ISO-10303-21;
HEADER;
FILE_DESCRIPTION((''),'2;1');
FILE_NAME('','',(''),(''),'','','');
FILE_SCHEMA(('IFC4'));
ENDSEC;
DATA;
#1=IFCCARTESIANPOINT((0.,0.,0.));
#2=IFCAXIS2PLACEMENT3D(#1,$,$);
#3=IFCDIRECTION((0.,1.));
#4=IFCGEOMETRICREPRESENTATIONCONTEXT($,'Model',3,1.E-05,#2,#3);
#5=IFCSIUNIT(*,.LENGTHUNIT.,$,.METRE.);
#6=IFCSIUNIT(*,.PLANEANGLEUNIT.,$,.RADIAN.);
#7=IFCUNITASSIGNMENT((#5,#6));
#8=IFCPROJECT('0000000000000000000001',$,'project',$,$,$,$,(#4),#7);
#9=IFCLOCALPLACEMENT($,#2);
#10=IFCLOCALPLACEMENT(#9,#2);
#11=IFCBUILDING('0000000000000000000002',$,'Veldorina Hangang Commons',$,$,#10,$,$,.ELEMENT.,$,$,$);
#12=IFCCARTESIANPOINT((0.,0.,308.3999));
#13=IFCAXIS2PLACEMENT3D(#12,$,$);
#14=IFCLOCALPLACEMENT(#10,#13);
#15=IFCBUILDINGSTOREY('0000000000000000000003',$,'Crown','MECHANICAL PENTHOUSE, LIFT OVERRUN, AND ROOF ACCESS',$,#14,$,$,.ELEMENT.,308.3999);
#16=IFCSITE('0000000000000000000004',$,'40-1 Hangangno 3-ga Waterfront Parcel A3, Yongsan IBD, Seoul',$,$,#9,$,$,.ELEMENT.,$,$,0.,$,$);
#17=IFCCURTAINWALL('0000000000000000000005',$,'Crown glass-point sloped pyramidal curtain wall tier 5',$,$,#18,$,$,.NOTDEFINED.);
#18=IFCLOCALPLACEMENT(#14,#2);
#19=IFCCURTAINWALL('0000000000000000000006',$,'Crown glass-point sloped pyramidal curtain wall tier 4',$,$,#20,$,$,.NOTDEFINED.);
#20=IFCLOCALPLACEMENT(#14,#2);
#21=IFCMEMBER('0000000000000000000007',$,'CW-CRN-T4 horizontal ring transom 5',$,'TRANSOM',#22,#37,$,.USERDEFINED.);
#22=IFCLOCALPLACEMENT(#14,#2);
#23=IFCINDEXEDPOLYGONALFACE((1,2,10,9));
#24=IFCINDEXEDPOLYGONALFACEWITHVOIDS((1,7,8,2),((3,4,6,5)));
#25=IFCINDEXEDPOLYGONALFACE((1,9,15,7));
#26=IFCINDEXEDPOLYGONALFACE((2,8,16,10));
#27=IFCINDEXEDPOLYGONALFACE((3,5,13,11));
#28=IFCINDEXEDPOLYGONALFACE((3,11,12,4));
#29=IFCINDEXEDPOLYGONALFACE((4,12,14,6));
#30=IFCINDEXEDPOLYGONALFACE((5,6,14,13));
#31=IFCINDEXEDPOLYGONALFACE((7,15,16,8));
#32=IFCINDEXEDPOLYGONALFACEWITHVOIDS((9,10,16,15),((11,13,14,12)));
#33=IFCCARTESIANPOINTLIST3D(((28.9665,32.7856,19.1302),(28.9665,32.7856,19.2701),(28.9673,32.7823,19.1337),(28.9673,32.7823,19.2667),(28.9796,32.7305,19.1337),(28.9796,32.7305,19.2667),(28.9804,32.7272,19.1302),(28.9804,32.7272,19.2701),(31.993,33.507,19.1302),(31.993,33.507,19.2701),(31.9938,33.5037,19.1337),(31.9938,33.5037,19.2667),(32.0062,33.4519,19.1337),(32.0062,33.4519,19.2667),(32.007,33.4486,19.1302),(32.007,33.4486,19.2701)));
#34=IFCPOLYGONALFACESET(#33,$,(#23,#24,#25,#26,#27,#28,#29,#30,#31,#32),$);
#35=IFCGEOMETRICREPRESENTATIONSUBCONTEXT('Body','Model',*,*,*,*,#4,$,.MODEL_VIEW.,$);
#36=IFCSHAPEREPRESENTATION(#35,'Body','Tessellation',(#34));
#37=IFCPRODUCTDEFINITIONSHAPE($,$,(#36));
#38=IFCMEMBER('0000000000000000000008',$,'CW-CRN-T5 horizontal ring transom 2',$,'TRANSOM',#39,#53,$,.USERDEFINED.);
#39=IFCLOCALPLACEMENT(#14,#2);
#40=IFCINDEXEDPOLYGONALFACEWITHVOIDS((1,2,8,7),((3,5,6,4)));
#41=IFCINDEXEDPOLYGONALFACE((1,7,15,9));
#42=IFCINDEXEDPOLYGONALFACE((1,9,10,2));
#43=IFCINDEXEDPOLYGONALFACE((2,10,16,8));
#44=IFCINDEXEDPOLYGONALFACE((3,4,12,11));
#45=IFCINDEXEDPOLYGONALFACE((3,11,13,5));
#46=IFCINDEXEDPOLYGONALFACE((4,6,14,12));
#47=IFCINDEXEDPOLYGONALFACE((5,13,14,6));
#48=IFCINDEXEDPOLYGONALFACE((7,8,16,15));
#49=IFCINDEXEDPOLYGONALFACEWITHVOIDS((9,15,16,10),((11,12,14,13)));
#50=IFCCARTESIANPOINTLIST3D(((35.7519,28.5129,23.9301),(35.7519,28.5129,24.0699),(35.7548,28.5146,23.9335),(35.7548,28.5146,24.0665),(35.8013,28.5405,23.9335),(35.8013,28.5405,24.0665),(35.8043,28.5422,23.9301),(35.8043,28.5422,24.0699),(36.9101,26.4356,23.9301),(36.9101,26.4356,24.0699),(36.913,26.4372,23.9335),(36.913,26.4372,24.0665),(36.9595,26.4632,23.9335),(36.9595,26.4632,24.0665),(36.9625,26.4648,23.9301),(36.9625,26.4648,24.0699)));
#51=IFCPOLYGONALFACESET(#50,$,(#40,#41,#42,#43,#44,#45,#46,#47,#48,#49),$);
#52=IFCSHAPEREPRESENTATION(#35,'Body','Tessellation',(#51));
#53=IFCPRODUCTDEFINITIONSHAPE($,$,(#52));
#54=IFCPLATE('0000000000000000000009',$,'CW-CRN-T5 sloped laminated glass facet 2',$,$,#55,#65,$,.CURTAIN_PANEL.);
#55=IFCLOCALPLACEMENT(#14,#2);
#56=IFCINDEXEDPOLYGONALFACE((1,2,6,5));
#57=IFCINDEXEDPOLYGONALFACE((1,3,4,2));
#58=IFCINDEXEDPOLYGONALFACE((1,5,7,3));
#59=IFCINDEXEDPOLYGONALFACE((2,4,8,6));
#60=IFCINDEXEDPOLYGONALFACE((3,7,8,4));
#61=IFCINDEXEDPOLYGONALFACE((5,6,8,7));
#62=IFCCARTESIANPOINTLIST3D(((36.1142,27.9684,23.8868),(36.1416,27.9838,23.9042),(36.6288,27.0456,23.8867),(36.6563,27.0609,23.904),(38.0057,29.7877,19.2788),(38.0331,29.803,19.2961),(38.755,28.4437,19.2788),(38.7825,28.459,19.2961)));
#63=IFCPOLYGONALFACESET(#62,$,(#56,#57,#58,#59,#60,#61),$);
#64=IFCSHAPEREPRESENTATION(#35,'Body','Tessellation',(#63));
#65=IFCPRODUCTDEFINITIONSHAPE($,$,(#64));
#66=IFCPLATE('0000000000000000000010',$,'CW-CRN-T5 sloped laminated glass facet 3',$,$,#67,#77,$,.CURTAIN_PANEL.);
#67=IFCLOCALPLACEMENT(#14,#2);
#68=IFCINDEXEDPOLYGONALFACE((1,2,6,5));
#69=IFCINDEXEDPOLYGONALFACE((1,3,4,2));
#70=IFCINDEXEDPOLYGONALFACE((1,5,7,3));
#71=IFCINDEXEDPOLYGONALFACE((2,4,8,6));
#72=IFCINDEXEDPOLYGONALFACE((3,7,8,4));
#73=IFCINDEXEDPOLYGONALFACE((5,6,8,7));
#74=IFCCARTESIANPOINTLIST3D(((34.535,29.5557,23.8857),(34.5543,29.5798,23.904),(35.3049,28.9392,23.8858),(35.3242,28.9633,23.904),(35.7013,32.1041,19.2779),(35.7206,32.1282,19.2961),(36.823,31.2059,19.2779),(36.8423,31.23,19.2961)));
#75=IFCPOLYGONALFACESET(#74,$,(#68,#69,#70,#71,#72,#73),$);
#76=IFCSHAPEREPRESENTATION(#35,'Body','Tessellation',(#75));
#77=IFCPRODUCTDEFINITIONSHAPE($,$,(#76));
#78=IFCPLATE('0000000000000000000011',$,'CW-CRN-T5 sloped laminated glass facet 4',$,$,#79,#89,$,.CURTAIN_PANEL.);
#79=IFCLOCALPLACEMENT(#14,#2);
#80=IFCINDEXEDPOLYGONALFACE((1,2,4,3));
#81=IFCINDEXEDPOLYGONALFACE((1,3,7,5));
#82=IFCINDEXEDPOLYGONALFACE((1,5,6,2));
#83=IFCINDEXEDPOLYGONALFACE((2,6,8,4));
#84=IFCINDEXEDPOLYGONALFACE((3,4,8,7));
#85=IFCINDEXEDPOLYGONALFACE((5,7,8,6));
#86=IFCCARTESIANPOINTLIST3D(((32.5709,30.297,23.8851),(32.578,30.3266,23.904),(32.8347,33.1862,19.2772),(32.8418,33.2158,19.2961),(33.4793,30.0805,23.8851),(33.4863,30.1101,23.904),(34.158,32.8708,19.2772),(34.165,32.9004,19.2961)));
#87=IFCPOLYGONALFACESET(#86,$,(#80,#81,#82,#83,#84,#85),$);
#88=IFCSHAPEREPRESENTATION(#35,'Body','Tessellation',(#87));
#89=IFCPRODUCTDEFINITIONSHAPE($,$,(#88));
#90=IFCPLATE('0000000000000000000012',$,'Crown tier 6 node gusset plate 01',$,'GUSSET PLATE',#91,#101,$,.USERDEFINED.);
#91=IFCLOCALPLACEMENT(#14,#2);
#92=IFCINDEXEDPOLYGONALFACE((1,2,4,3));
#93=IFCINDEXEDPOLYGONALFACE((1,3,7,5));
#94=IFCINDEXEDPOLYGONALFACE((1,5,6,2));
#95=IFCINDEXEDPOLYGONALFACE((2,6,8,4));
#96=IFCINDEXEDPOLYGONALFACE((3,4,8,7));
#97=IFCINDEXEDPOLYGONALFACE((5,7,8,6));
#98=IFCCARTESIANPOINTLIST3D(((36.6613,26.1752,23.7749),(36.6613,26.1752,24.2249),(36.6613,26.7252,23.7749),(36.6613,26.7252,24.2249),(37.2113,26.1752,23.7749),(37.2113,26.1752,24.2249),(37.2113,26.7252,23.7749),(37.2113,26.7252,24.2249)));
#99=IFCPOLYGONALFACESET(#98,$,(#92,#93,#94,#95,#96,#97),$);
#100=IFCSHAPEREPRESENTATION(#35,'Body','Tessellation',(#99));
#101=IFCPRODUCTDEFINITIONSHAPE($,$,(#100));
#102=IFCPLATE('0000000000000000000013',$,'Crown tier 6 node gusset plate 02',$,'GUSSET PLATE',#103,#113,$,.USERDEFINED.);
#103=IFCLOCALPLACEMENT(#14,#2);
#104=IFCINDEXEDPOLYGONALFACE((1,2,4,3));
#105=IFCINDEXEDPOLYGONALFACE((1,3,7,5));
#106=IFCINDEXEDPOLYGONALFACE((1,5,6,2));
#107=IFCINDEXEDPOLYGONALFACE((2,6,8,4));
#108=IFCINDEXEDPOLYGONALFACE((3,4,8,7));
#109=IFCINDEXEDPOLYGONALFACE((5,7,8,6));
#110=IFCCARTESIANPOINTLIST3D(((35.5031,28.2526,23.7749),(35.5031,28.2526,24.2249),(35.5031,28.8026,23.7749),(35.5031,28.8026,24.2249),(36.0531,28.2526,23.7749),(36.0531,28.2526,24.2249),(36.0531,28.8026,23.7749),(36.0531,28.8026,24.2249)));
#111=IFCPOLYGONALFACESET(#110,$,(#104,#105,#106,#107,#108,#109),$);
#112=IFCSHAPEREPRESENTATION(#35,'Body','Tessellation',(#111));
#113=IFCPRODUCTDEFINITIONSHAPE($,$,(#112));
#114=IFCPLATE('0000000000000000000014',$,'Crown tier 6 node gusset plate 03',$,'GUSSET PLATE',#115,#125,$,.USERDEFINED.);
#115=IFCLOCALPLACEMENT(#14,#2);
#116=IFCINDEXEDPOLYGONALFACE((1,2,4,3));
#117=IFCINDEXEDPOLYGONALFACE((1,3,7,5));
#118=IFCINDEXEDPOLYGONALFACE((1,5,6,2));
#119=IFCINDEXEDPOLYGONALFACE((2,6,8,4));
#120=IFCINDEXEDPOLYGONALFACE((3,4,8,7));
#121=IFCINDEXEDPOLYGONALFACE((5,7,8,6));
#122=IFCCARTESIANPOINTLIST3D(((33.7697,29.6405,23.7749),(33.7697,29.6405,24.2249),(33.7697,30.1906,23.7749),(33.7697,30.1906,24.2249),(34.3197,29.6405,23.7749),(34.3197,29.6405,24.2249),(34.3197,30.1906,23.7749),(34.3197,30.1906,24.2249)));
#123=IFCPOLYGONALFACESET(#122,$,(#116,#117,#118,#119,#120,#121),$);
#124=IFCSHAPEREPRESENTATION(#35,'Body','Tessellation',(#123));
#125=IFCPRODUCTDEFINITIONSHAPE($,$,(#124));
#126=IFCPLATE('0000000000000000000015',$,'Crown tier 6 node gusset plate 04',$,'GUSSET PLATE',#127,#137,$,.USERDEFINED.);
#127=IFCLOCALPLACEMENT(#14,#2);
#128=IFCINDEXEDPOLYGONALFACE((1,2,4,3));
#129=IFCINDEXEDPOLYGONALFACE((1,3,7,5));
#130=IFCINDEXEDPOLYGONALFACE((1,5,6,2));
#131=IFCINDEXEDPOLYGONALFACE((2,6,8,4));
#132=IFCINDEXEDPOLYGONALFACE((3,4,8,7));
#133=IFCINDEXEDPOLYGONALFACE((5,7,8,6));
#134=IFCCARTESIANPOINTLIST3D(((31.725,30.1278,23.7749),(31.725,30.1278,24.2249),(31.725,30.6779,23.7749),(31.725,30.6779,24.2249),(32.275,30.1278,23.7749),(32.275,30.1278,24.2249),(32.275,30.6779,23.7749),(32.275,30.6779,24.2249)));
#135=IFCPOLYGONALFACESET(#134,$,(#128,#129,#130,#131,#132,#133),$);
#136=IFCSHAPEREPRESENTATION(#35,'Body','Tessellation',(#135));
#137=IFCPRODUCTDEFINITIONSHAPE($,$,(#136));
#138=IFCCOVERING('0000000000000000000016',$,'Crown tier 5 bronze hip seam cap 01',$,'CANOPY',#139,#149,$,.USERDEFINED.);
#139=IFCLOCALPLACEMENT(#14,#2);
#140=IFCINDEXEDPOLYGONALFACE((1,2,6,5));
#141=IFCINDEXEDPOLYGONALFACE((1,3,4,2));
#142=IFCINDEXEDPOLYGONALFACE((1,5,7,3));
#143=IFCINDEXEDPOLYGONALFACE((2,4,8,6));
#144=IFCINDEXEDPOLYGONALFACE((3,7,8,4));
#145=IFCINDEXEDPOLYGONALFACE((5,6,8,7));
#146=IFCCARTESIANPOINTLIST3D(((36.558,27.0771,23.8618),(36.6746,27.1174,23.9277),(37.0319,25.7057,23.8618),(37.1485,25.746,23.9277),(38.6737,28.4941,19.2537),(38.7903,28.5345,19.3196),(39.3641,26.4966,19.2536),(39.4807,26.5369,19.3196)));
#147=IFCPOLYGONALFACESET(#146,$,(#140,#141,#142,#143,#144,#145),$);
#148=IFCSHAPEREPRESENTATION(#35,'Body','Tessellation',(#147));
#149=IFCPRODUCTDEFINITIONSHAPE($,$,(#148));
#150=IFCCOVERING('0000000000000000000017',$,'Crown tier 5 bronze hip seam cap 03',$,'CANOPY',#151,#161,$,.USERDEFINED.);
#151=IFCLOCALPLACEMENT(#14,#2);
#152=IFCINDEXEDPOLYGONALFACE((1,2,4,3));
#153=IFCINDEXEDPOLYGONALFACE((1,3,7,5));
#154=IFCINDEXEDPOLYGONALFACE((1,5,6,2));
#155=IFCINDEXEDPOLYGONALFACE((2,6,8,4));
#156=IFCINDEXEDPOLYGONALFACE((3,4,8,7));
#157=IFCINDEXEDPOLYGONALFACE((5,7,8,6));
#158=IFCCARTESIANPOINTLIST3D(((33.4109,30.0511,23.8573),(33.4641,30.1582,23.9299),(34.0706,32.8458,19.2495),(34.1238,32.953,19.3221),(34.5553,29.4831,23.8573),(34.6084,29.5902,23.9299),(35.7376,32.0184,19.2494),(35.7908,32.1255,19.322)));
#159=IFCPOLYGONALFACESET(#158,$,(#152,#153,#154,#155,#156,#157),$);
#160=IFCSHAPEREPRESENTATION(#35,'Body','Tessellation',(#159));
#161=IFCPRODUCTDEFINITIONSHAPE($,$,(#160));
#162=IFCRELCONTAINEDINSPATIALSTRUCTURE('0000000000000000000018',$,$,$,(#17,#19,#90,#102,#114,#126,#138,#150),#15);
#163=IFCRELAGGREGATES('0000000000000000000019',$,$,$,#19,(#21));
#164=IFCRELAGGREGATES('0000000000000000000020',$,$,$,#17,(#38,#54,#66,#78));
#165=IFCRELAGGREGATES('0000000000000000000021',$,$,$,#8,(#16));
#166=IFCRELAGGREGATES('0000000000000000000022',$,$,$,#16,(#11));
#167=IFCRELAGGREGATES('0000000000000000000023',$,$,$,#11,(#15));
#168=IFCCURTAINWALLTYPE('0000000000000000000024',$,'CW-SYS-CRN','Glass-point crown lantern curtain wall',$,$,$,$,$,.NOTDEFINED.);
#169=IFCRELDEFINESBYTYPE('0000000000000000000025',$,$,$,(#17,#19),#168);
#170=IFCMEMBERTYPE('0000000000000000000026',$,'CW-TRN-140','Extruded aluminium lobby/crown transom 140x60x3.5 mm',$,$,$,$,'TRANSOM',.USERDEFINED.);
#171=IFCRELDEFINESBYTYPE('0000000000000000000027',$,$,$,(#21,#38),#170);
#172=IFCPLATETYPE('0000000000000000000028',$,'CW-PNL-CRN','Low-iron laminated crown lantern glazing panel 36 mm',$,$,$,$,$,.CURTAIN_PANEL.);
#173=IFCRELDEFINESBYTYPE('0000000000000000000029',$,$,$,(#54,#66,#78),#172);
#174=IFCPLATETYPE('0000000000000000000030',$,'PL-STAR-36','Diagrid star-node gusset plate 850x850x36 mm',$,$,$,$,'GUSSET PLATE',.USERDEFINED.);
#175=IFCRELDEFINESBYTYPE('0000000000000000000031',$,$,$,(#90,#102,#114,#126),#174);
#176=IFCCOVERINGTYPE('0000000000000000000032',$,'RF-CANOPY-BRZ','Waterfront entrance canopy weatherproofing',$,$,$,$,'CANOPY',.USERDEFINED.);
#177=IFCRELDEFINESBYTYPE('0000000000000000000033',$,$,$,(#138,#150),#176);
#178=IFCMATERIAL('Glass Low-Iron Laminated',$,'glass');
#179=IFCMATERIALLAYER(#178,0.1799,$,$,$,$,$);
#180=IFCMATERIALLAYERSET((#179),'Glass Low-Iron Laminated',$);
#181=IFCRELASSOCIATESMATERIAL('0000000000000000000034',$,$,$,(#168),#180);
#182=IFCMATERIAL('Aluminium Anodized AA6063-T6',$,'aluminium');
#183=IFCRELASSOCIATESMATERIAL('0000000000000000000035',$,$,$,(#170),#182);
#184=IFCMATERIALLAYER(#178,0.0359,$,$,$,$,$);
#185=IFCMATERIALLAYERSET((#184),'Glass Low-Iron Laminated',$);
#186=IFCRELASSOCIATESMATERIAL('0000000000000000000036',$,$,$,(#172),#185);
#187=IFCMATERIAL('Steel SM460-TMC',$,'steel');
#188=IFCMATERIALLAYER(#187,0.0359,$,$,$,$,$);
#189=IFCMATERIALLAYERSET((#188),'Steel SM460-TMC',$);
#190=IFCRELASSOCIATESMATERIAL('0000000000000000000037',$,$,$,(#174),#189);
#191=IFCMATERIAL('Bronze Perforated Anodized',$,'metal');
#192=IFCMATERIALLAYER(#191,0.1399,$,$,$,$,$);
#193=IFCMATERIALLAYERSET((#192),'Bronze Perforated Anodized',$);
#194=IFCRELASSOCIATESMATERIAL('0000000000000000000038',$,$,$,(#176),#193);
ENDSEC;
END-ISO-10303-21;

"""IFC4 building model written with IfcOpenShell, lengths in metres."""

from ifc_helpers import new_model, si_unit, direction, frame, origin, origin_2d, place, context, subcontext, project, spatial, polyline, rectangle, hollow_rectangle, outline, extrude, material, layer, layer_set, material_profile, profile_set, type_object, element, aggregate, save


model = new_model("IFC4")

# Units and contexts
model_context = context("Model", 3, precision=1e-05, world=origin(), true_north=direction((0.0, 1.0)))
body_context = subcontext(model_context, "Body", "Model", "MODEL_VIEW")
ifc_project = project(units=[si_unit("LENGTHUNIT", "METRE"), si_unit("PLANEANGLEUNIT", "RADIAN")], contexts=[model_context])

# Site, building, storey
site_placement = place(None, origin())
site = spatial("IfcSite", under=ifc_project, at=site_placement, Name="40-1 Hangangno 3-ga Waterfront Parcel A3, Yongsan IBD, Seoul", CompositionType="ELEMENT", RefElevation=0.0)
building_placement = place(site_placement, origin())
building = spatial("IfcBuilding", under=site, at=building_placement, Name="Veldorina Hangang Commons", CompositionType="ELEMENT")
storey_placement = place(building_placement, frame((0.0, 0.0, 308.3999)))
storey = spatial("IfcBuildingStorey", under=building, at=storey_placement, Name="Crown", Description="MECHANICAL PENTHOUSE, LIFT OVERRUN, AND ROOF ACCESS", CompositionType="ELEMENT", Elevation=308.3999)

# Shared definitions
ifc_material_1 = material(Name="Steel SM460-TMC", Category="steel")

# Curtain wall
ifc_material_2 = material(Name="Glass Low-Iron Laminated", Category="glass")
ifc_layer_1 = layer(ifc_material_2, 0.1799)
ifc_layer_set_1 = layer_set([ifc_layer_1], Name="Glass Low-Iron Laminated")
curtain_wall_type = type_object("IfcCurtainWallType", Name="CW-SYS-CRN", Description="Glass-point crown lantern curtain wall", PredefinedType="NOTDEFINED", material=ifc_layer_set_1)
curtain_wall_1_placement = place(storey_placement, origin())
curtain_wall_1 = element("IfcCurtainWall", 1, at=curtain_wall_1_placement, inside=storey, type_object=curtain_wall_type, Name="Crown glass-point sloped pyramidal curtain wall tier 5", PredefinedType="NOTDEFINED")
ifc_material_3 = material(Name="Aluminium Anodized AA6063-T6", Category="aluminium")

# Curtain wall, member
curtain_wall_2_placement = place(storey_placement, origin())
curtain_wall_2 = element("IfcCurtainWall", 2, at=curtain_wall_2_placement, inside=storey, type_object=curtain_wall_type, Name="Crown glass-point sloped pyramidal curtain wall tier 4", PredefinedType="NOTDEFINED")
ifc_material_profile_1 = material_profile(ifc_material_3, hollow_rectangle(XDim=0.0601, YDim=0.1399, WallThickness=0.0034, at=origin_2d()), Name="ALU-RHS-140x60x3.5")
ifc_profile_set_1 = profile_set([ifc_material_profile_1], Name="Aluminium Anodized AA6063-T6")
member_type_1 = type_object("IfcMemberType", Name="CW-TRN-140", Description="Extruded aluminium lobby/crown transom 140x60x3.5 mm", ElementType="TRANSOM", PredefinedType="USERDEFINED", material=ifc_profile_set_1)
member_1_placement = place(storey_placement, frame((32.0, 33.4778, 19.2002), z_axis=(-0.972747, -0.231868, 0.0), x_axis=(0.231868, -0.972747, 0.0)))
member_1 = element("IfcMember", 3, at=member_1_placement, type_object=member_type_1, Name="CW-CRN-T4 horizontal ring transom 5", ObjectType="TRANSOM", PredefinedType="USERDEFINED", context=body_context, shape_type="SweptSolid", body=[
    extrude(hollow_rectangle(XDim=0.0601, YDim=0.1399, WallThickness=0.0034, at=origin_2d()), origin(), (0.0, 0.0, 1.0), 3.1113),
])
aggregate(curtain_wall_2, [member_1])

# Member
member_2_placement = place(storey_placement, frame((36.9363, 26.4502, 24.0), z_axis=(-0.486958, 0.873425, 0.0), x_axis=(-0.873425, -0.486958, 0.0)))
member_2 = element("IfcMember", 4, at=member_2_placement, type_object=member_type_1, Name="CW-CRN-T5 horizontal ring transom 2", ObjectType="TRANSOM", PredefinedType="USERDEFINED", context=body_context, shape_type="SweptSolid", body=[
    extrude(hollow_rectangle(XDim=0.0601, YDim=0.1399, WallThickness=0.0034, at=origin_2d()), origin(), (0.0, 0.0, 1.0), 2.3784),
])

# Plates
ifc_layer_2 = layer(ifc_material_2, 0.0359)
ifc_layer_set_2 = layer_set([ifc_layer_2], Name="Glass Low-Iron Laminated")
plate_type_1 = type_object("IfcPlateType", Name="CW-PNL-CRN", Description="Low-iron laminated crown lantern glazing panel 36 mm", PredefinedType="CURTAIN_PANEL", material=ifc_layer_set_2)
plate_1_placement = place(storey_placement, frame((38.7825, 28.459, 19.2961), z_axis=(0.765045, 0.426563, 0.482441), x_axis=(-0.486973, 0.873417, -0.000023)))
plate_1 = element("IfcPlate", 5, at=plate_1_placement, type_object=plate_type_1, Name="CW-CRN-T5 sloped laminated glass facet 2", PredefinedType="CURTAIN_PANEL", context=body_context, shape_type="SweptSolid", body=[
    extrude(outline(polyline([(0.0, 0.0), (1.5388, 0.0), (0.8708, 5.2607), (-0.1858, 5.2605), (0.0, 0.0)])), origin(), (0.0, 0.0, -1.0), 0.0359),
])
plate_2_placement = place(storey_placement, frame((36.8423, 31.23, 19.2961), z_axis=(0.538349, 0.672329, 0.508089), x_axis=(-0.780583, 0.625052, -0.000028)))
plate_2 = element("IfcPlate", 6, at=plate_2_placement, type_object=plate_type_1, Name="CW-CRN-T5 sloped laminated glass facet 3", PredefinedType="CURTAIN_PANEL", context=body_context, shape_type="SweptSolid", body=[
    extrude(outline(polyline([(0.0, 0.0), (1.437, 0.0), (0.7544, 5.3499), (-0.2319, 5.3499), (0.0, 0.0)])), origin(), (0.0, 0.0, -1.0), 0.0359),
])
plate_3_placement = place(storey_placement, frame((34.165, 32.9004, 19.2961), z_axis=(0.196793, 0.825556, 0.528895), x_axis=(-0.972745, 0.231879, 0.0)))
plate_3 = element("IfcPlate", 7, at=plate_3_placement, type_object=plate_type_1, Name="CW-CRN-T5 sloped laminated glass facet 4", PredefinedType="CURTAIN_PANEL", context=body_context, shape_type="SweptSolid", body=[
    extrude(outline(polyline([(0.0, 0.0), (1.3604, 0.0), (0.947, 5.4294), (0.0132, 5.4294), (0.0, 0.0)])), origin(), (0.0, 0.0, -1.0), 0.0359),
])
aggregate(curtain_wall_1, [member_2, plate_1, plate_2, plate_3])

# Plates
ifc_layer_3 = layer(ifc_material_1, 0.0359)
ifc_layer_set_3 = layer_set([ifc_layer_3], Name="Steel SM460-TMC")
plate_type_2 = type_object("IfcPlateType", Name="PL-STAR-36", Description="Diagrid star-node gusset plate 850x850x36 mm", ElementType="GUSSET PLATE", PredefinedType="USERDEFINED", material=ifc_layer_set_3)
for number, where, z_axis, x_axis, name in (
    (8, (36.9363, 26.4502, 23.7749), (0.0, 0.0, 1.0), (1.0, 0.0, 0.0), "Crown tier 6 node gusset plate 01"),
    (9, (35.7781, 28.5276, 23.7749), (0.0, 0.0, 1.0), (1.0, 0.0, 0.0), "Crown tier 6 node gusset plate 02"),
    (10, (34.0447, 29.9155, 23.7749), (0.0, 0.0, 1.0), (1.0, 0.0, 0.0), "Crown tier 6 node gusset plate 03"),
    (11, (32.0, 30.4028, 23.7749), (0.0, 0.0, 1.0), (1.0, 0.0, 0.0), "Crown tier 6 node gusset plate 04"),
):
    element("IfcPlate", number, at=place(storey_placement, frame(where, z_axis=z_axis, x_axis=x_axis)), inside=storey, type_object=plate_type_2, Name=name, ObjectType="GUSSET PLATE", PredefinedType="USERDEFINED", context=body_context, shape_type="SweptSolid", body=[
        extrude(rectangle(XDim=0.55, YDim=0.55, at=origin_2d()), origin(), (0.0, 0.0, 1.0), 0.45),
    ])

# Coverings
ifc_material_4 = material(Name="Bronze Perforated Anodized", Category="metal")
ifc_layer_4 = layer(ifc_material_4, 0.1399)
ifc_layer_set_4 = layer_set([ifc_layer_4], Name="Bronze Perforated Anodized")
covering_type = type_object("IfcCoveringType", Name="RF-CANOPY-BRZ", Description="Waterfront entrance canopy weatherproofing", ElementType="CANOPY", PredefinedType="USERDEFINED", material=ifc_layer_set_4)
covering_1_placement = place(storey_placement, frame((39.4807, 26.5369, 19.3196), z_axis=(0.833584, 0.288091, 0.471319), x_axis=(-0.326653, 0.945144, 0.000012)))
element("IfcCovering", 12, at=covering_1_placement, inside=storey, type_object=covering_type, Name="Crown tier 5 bronze hip seam cap 01", ObjectType="CANOPY", PredefinedType="USERDEFINED", context=body_context, shape_type="SweptSolid", body=[
    extrude(outline(polyline([(0.0, 0.0), (2.1135, 0.0), (1.4653, 5.2249), (0.0144, 5.2249), (0.0, 0.0)])), origin(), (0.0, 0.0, -1.0), 0.1399),
])
covering_2_placement = place(storey_placement, frame((35.7908, 32.1255, 19.322), z_axis=(0.380101, 0.765722, 0.518838), x_axis=(-0.89572, 0.444618, 0.00002)))
element("IfcCovering", 13, at=covering_2_placement, inside=storey, type_object=covering_type, Name="Crown tier 5 bronze hip seam cap 03", ObjectType="CANOPY", PredefinedType="USERDEFINED", context=body_context, shape_type="SweptSolid", body=[
    extrude(outline(polyline([(0.0, 0.0), (1.8611, 0.0), (1.2095, 5.3901), (-0.0681, 5.3901), (0.0, 0.0)])), origin(), (0.0, 0.0, -1.0), 0.1399),
])

save(model, "model.ifc")
